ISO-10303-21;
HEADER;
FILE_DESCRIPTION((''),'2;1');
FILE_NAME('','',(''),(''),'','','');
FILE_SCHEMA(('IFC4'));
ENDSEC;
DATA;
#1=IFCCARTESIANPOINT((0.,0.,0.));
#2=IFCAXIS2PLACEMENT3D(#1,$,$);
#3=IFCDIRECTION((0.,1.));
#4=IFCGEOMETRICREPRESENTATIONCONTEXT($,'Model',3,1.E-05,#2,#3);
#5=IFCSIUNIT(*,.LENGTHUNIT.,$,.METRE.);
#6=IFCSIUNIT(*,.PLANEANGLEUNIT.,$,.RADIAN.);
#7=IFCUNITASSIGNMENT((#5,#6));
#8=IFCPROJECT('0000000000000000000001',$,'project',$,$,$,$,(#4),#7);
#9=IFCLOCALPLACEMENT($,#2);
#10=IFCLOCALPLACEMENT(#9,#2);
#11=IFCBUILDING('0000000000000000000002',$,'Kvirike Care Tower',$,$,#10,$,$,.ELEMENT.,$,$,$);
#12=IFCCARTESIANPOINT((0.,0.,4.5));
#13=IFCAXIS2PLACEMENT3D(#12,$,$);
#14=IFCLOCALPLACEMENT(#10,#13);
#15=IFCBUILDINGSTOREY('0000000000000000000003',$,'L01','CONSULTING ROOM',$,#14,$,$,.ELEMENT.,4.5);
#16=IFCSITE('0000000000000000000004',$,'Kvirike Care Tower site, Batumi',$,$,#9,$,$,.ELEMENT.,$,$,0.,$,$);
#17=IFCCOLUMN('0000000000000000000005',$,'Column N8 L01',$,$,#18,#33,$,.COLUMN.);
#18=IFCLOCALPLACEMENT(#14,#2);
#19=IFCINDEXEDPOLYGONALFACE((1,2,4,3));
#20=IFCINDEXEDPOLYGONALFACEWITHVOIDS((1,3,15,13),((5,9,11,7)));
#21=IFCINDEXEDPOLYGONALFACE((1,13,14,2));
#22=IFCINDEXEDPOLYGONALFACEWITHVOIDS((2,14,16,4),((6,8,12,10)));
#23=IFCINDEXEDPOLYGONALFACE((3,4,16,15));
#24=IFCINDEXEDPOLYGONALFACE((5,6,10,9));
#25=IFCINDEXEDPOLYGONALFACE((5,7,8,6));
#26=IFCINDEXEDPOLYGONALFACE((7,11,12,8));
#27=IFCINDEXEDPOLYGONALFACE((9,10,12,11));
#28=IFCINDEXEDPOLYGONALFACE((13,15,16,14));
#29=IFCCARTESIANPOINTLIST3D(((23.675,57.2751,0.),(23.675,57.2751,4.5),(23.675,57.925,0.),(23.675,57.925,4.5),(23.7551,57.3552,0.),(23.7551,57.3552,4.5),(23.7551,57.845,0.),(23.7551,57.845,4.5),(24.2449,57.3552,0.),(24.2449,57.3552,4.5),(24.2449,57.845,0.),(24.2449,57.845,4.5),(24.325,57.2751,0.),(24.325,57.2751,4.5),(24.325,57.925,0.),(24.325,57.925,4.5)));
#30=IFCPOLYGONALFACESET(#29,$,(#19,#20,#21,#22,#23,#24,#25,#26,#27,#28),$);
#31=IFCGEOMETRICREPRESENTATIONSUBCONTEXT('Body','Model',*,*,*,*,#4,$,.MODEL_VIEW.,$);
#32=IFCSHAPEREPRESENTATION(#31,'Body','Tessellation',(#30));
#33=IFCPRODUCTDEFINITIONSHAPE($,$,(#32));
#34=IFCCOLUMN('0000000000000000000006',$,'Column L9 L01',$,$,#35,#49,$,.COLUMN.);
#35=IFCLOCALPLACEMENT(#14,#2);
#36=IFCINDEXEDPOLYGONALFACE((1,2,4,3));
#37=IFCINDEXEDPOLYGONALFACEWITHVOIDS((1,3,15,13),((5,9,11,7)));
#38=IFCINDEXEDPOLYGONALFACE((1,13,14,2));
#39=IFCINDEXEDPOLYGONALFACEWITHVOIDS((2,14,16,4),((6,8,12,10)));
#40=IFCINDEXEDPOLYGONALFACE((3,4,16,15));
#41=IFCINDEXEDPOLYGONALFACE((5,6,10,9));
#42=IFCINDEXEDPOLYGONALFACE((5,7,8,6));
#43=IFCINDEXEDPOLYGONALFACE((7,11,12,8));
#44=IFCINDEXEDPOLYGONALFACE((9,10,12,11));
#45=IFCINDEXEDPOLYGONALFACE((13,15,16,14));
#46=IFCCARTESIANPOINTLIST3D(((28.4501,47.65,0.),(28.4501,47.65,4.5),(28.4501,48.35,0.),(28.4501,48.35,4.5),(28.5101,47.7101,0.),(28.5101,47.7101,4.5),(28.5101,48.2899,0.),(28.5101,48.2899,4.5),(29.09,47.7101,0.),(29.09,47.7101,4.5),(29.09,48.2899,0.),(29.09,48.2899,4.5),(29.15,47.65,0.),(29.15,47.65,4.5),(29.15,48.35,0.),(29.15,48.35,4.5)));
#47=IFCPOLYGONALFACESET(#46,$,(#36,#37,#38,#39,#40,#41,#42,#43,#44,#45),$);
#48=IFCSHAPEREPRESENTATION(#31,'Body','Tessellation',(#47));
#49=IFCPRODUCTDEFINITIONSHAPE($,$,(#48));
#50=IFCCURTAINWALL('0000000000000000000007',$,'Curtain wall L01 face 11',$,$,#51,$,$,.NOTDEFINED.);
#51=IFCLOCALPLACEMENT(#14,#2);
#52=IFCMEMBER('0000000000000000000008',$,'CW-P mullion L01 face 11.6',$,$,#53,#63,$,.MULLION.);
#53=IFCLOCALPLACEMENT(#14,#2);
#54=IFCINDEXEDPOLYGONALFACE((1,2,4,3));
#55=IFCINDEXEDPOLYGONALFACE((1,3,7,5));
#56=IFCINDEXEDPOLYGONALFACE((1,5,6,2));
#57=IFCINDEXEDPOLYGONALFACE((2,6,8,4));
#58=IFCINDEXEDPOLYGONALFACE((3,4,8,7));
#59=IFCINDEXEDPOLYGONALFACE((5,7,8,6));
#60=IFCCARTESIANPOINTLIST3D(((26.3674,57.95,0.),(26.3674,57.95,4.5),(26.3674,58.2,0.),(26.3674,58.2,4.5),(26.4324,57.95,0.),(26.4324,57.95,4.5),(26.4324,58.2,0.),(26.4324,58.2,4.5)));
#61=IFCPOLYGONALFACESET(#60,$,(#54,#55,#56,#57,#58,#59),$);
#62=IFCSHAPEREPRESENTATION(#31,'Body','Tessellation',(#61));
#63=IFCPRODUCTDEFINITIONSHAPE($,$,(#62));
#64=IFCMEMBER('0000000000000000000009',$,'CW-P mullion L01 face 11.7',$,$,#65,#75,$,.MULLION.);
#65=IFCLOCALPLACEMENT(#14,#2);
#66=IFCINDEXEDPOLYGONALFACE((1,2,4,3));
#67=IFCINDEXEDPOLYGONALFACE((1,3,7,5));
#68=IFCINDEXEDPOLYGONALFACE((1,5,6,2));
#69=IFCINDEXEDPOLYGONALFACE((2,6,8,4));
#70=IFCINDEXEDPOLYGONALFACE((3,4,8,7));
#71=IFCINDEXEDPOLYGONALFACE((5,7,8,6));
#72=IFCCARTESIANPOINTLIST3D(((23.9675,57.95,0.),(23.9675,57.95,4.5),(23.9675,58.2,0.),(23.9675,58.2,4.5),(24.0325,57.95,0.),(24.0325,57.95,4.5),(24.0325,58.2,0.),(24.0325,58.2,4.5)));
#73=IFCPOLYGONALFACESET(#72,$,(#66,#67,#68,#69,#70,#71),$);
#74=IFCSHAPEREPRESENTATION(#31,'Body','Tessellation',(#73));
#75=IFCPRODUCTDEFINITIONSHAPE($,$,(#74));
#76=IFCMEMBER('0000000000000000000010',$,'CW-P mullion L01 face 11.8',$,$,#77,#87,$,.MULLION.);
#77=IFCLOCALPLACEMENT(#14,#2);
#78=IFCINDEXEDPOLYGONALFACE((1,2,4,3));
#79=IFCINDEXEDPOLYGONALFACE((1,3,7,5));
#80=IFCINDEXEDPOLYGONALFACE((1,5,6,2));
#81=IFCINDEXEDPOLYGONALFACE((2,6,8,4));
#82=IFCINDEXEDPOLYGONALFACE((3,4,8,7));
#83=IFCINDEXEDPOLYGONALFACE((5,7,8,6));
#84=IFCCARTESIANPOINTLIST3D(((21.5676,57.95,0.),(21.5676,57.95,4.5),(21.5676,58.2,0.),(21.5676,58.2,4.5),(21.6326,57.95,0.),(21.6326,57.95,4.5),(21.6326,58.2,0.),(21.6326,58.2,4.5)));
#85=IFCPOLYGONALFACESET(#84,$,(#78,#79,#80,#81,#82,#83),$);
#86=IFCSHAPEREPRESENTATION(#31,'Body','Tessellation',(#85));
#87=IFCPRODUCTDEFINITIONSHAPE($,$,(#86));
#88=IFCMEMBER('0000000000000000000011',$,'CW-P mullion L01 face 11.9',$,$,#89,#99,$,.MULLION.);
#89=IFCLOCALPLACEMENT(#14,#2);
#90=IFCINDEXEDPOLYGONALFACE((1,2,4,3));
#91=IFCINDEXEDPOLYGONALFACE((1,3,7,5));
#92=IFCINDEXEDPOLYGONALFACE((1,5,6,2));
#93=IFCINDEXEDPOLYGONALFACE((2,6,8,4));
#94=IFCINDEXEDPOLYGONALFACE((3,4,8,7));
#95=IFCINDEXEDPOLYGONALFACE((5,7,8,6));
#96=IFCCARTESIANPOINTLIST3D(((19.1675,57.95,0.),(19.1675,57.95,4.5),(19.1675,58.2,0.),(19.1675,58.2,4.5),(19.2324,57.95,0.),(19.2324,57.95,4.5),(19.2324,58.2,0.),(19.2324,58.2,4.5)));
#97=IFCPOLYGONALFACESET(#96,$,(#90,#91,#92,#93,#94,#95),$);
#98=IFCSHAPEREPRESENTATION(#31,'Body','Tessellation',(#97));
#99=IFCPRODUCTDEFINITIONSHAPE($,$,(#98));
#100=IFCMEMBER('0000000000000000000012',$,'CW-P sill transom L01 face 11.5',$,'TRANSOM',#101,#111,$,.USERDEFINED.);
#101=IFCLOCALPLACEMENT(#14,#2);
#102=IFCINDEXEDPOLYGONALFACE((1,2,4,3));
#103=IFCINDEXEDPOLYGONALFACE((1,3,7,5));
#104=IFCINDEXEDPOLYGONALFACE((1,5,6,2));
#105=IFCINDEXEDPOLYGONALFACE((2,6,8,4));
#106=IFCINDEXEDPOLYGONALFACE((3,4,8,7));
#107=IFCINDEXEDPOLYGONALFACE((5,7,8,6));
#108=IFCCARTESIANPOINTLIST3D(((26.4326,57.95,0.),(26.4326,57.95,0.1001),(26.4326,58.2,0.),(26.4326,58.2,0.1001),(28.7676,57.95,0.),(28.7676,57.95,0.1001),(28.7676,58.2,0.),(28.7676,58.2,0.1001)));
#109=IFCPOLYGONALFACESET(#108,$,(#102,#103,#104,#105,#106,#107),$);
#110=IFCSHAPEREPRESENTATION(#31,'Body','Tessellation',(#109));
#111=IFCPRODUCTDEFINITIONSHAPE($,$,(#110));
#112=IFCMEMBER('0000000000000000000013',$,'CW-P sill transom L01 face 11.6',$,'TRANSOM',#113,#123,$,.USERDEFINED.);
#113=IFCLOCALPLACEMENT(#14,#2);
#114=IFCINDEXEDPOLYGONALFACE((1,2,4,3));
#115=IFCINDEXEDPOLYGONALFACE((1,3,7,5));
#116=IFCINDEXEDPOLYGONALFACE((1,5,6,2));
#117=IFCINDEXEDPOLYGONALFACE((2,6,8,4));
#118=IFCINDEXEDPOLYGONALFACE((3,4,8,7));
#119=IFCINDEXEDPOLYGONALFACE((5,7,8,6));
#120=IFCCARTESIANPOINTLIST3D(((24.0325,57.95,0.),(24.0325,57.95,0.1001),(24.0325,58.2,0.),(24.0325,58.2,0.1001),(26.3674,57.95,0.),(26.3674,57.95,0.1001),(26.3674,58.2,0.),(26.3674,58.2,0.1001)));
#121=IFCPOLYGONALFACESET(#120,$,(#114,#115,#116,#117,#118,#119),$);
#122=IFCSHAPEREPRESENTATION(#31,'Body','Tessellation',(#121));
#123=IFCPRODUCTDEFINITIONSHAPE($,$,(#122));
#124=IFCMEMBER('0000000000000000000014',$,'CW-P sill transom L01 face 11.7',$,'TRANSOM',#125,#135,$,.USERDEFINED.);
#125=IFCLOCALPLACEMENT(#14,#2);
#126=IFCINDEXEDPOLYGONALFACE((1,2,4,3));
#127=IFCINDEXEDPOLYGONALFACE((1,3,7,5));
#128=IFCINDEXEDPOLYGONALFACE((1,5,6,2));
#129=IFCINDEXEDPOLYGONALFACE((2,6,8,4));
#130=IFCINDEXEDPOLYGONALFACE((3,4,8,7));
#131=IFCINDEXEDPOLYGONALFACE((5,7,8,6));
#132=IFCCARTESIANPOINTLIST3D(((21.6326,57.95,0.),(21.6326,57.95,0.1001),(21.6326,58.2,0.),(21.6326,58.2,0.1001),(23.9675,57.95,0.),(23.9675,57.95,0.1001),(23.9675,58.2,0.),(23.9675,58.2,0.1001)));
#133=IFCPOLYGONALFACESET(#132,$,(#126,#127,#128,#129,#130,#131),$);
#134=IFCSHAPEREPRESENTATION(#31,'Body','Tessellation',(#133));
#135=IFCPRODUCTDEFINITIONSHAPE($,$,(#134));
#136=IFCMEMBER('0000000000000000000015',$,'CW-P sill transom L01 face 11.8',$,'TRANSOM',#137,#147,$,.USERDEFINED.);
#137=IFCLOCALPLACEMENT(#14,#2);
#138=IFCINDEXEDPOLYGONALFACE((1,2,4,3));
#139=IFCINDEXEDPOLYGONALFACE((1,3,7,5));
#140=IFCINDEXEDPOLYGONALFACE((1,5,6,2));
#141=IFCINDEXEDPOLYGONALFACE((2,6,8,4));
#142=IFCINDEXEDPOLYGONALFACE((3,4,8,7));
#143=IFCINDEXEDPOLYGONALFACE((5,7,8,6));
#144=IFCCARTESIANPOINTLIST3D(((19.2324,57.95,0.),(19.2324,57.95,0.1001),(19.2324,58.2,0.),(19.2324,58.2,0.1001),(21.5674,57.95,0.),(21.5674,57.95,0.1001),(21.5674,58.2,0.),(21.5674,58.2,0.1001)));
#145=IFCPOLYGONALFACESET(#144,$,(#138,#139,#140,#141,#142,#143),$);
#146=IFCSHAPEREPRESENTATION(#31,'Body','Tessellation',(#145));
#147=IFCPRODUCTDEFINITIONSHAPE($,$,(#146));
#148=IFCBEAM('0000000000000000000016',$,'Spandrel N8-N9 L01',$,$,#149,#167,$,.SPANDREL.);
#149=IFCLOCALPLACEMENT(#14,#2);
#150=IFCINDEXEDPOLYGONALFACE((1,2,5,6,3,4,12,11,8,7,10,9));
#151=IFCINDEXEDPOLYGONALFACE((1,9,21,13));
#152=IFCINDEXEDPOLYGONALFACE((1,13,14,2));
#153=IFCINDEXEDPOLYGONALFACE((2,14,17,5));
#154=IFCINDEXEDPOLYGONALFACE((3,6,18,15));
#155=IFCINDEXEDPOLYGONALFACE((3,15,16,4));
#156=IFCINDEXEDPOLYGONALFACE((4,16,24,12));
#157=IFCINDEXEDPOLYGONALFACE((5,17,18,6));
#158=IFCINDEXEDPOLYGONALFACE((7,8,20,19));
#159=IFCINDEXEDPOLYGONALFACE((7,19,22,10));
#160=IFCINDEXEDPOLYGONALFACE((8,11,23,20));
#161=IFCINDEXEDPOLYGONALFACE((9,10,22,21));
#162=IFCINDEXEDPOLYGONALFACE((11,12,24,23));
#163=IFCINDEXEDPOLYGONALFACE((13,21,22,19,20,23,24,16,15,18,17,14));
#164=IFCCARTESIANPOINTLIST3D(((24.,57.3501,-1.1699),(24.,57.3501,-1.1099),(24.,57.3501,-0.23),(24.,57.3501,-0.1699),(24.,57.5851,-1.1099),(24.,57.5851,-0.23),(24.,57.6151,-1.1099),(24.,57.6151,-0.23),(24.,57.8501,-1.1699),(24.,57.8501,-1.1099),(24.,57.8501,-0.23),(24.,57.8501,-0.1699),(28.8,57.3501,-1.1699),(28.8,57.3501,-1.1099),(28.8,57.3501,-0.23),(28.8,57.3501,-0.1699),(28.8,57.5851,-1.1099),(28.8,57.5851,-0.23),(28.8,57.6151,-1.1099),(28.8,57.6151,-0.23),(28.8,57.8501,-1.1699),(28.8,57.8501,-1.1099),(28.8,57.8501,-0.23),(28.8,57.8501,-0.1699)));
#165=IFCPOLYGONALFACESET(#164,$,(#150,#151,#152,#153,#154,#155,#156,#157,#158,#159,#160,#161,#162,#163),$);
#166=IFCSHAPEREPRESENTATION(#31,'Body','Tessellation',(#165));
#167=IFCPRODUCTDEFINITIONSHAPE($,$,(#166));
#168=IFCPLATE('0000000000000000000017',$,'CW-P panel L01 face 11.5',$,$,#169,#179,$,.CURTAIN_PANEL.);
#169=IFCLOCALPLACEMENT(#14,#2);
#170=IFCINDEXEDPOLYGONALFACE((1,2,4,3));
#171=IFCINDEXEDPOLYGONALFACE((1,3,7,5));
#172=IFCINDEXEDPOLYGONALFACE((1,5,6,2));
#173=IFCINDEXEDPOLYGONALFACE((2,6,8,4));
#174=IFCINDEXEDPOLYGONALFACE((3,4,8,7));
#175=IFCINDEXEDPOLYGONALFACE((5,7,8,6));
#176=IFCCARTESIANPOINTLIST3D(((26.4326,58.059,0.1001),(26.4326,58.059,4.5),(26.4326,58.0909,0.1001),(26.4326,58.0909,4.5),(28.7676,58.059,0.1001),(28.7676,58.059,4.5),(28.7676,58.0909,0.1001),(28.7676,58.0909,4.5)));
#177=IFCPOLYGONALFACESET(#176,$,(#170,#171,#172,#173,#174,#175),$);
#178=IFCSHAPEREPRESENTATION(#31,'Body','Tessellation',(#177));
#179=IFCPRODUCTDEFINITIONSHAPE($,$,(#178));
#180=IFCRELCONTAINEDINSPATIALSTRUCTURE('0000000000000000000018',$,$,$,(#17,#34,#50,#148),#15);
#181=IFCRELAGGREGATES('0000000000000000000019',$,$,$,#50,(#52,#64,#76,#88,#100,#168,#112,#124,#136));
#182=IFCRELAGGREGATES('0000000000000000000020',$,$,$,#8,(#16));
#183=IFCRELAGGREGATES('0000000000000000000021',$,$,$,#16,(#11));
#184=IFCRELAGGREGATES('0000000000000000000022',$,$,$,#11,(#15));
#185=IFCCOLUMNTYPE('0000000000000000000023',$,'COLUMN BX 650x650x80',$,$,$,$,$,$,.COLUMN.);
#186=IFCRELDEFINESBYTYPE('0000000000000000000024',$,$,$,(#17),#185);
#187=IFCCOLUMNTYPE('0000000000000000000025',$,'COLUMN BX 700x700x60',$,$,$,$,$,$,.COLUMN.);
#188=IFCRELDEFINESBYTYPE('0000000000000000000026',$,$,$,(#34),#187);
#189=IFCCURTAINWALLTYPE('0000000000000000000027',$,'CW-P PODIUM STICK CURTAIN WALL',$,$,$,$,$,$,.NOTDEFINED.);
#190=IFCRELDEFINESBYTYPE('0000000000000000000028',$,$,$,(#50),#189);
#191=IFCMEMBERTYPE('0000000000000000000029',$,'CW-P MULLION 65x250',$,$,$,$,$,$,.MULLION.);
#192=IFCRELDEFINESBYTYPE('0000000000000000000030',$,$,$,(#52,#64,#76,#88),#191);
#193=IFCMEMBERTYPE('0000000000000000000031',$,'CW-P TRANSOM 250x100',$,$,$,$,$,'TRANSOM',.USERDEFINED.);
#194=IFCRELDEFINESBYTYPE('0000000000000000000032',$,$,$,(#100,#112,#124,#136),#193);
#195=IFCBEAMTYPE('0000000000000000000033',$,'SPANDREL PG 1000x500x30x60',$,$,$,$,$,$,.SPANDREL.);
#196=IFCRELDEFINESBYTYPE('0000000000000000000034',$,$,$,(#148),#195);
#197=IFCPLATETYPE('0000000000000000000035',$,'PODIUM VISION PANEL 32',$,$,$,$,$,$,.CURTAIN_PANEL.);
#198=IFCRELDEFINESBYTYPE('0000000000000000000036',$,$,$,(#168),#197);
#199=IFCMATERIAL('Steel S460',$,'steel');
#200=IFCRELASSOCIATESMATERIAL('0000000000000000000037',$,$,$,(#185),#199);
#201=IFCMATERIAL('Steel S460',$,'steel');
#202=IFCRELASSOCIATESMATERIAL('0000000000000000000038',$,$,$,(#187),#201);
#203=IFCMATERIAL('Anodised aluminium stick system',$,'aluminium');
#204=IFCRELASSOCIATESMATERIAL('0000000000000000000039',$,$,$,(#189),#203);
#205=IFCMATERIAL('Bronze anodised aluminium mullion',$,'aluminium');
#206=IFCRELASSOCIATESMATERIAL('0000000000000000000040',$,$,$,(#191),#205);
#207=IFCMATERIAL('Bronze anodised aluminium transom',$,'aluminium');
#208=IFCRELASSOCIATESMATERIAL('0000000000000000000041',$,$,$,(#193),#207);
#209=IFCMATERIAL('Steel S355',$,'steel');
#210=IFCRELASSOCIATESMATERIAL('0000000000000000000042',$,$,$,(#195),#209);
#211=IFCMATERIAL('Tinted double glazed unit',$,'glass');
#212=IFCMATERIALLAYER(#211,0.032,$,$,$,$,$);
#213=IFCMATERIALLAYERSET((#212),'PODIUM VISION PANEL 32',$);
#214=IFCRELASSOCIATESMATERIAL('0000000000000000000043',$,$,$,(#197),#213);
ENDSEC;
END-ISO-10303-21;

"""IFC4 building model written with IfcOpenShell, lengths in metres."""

from ifc_helpers import new_model, si_unit, direction, frame, origin, origin_2d, place, context, subcontext, project, spatial, rectangle, hollow_rectangle, i_section, extrude, material, layer, layer_set, material_profile, profile_set, type_object, element, aggregate, save


model = new_model("IFC4")

# Units and contexts
model_context = context("Model", 3, precision=1e-05, world=origin(), true_north=direction((0.0, 1.0)))
body_context = subcontext(model_context, "Body", "Model", "MODEL_VIEW")
ifc_project = project(units=[si_unit("LENGTHUNIT", "METRE"), si_unit("PLANEANGLEUNIT", "RADIAN")], contexts=[model_context])

# Site, building, storey
site_placement = place(None, origin())
site = spatial("IfcSite", under=ifc_project, at=site_placement, Name="Kvirike Care Tower site, Batumi", CompositionType="ELEMENT", RefElevation=0.0)
building_placement = place(site_placement, origin())
building = spatial("IfcBuilding", under=site, at=building_placement, Name="Kvirike Care Tower", CompositionType="ELEMENT")
storey_placement = place(building_placement, frame((0.0, 0.0, 4.5)))
storey = spatial("IfcBuildingStorey", under=building, at=storey_placement, Name="L01", Description="CONSULTING ROOM", CompositionType="ELEMENT", Elevation=4.5)

# Columns
ifc_material_1 = material(Name="Steel S460", Category="steel")
ifc_material_profile_1 = material_profile(ifc_material_1, hollow_rectangle(XDim=0.6499, YDim=0.6499, WallThickness=0.0801, at=origin_2d()), Name="BX 650x650x80")
ifc_profile_set_1 = profile_set([ifc_material_profile_1], Name="Steel S460")
column_type_1 = type_object("IfcColumnType", Name="COLUMN BX 650x650x80", PredefinedType="COLUMN", material=ifc_profile_set_1)
column_1_placement = place(storey_placement, frame((24.0, 57.6001, 0.0), z_axis=(0.0, 0.0, 1.0), x_axis=(0.0, 1.0, 0.0)))
element("IfcColumn", 1, at=column_1_placement, inside=storey, type_object=column_type_1, Name="Column N8 L01", PredefinedType="COLUMN", context=body_context, shape_type="SweptSolid", body=[
    extrude(hollow_rectangle(XDim=0.6499, YDim=0.6499, WallThickness=0.0801, at=origin_2d()), origin(), (0.0, 0.0, 1.0), 4.5),
])
ifc_material_2 = material(Name="Steel S460", Category="steel")
ifc_material_profile_2 = material_profile(ifc_material_2, hollow_rectangle(XDim=0.7, YDim=0.7, WallThickness=0.0601, at=origin_2d()), Name="BX 700x700x60")
ifc_profile_set_2 = profile_set([ifc_material_profile_2], Name="Steel S460")
column_type_2 = type_object("IfcColumnType", Name="COLUMN BX 700x700x60", PredefinedType="COLUMN", material=ifc_profile_set_2)
column_2_placement = place(storey_placement, frame((28.8, 48.0, 0.0), z_axis=(0.0, 0.0, 1.0), x_axis=(1.0, 0.0, 0.0)))
element("IfcColumn", 2, at=column_2_placement, inside=storey, type_object=column_type_2, Name="Column L9 L01", PredefinedType="COLUMN", context=body_context, shape_type="SweptSolid", body=[
    extrude(hollow_rectangle(XDim=0.7, YDim=0.7, WallThickness=0.0601, at=origin_2d()), origin(), (0.0, 0.0, 1.0), 4.5),
])

# Curtain wall, members
ifc_material_3 = material(Name="Anodised aluminium stick system", Category="aluminium")
curtain_wall_type = type_object("IfcCurtainWallType", Name="CW-P PODIUM STICK CURTAIN WALL", PredefinedType="NOTDEFINED", material=ifc_material_3)
curtain_wall_placement = place(storey_placement, origin())
curtain_wall = element("IfcCurtainWall", 3, at=curtain_wall_placement, inside=storey, type_object=curtain_wall_type, Name="Curtain wall L01 face 11", PredefinedType="NOTDEFINED")
ifc_material_4 = material(Name="Bronze anodised aluminium mullion", Category="aluminium")
ifc_material_profile_3 = material_profile(ifc_material_4, rectangle(XDim=0.0649, YDim=0.25, at=origin_2d()), Name="CW-P MULLION 65x250")
ifc_profile_set_3 = profile_set([ifc_material_profile_3], Name="Bronze anodised aluminium mullion")
member_type_1 = type_object("IfcMemberType", Name="CW-P MULLION 65x250", PredefinedType="MULLION", material=ifc_profile_set_3)
member_1_placement = place(storey_placement, frame((26.3999, 58.075, 0.0), z_axis=(0.0, 0.0, 1.0), x_axis=(-1.0, 0.0, 0.0)))
member_1 = element("IfcMember", 4, at=member_1_placement, type_object=member_type_1, Name="CW-P mullion L01 face 11.6", PredefinedType="MULLION", context=body_context, shape_type="SweptSolid", body=[
    extrude(rectangle(XDim=0.0649, YDim=0.25, at=origin_2d()), origin(), (0.0, 0.0, 1.0), 4.5),
])
member_2_placement = place(storey_placement, frame((24.0, 58.075, 0.0), z_axis=(0.0, 0.0, 1.0), x_axis=(-1.0, 0.0, 0.0)))
member_2 = element("IfcMember", 5, at=member_2_placement, type_object=member_type_1, Name="CW-P mullion L01 face 11.7", PredefinedType="MULLION", context=body_context, shape_type="SweptSolid", body=[
    extrude(rectangle(XDim=0.0649, YDim=0.25, at=origin_2d()), origin(), (0.0, 0.0, 1.0), 4.5),
])
member_3_placement = place(storey_placement, frame((21.6001, 58.075, 0.0), z_axis=(0.0, 0.0, 1.0), x_axis=(-1.0, 0.0, 0.0)))
member_3 = element("IfcMember", 6, at=member_3_placement, type_object=member_type_1, Name="CW-P mullion L01 face 11.8", PredefinedType="MULLION", context=body_context, shape_type="SweptSolid", body=[
    extrude(rectangle(XDim=0.0649, YDim=0.25, at=origin_2d()), origin(), (0.0, 0.0, 1.0), 4.5),
])
member_4_placement = place(storey_placement, frame((19.2, 58.075, 0.0), z_axis=(0.0, 0.0, 1.0), x_axis=(-1.0, 0.0, 0.0)))
member_4 = element("IfcMember", 7, at=member_4_placement, type_object=member_type_1, Name="CW-P mullion L01 face 11.9", PredefinedType="MULLION", context=body_context, shape_type="SweptSolid", body=[
    extrude(rectangle(XDim=0.0649, YDim=0.25, at=origin_2d()), origin(), (0.0, 0.0, 1.0), 4.5),
])
ifc_material_5 = material(Name="Bronze anodised aluminium transom", Category="aluminium")
ifc_material_profile_4 = material_profile(ifc_material_5, rectangle(XDim=0.25, YDim=0.1001, at=origin_2d()), Name="CW-P TRANSOM 250x100")
ifc_profile_set_4 = profile_set([ifc_material_profile_4], Name="Bronze anodised aluminium transom")
member_type_2 = type_object("IfcMemberType", Name="CW-P TRANSOM 250x100", ElementType="TRANSOM", PredefinedType="USERDEFINED", material=ifc_profile_set_4)
member_5_placement = place(storey_placement, frame((28.7676, 58.075, 0.05), z_axis=(-1.0, 0.0, 0.0), x_axis=(0.0, -1.0, 0.0)))
member_5 = element("IfcMember", 8, at=member_5_placement, type_object=member_type_2, Name="CW-P sill transom L01 face 11.5", ObjectType="TRANSOM", PredefinedType="USERDEFINED", context=body_context, shape_type="SweptSolid", body=[
    extrude(rectangle(XDim=0.25, YDim=0.1001, at=origin_2d()), origin(), (0.0, 0.0, 1.0), 2.335),
])
member_6_placement = place(storey_placement, frame((26.3674, 58.075, 0.05), z_axis=(-1.0, 0.0, 0.0), x_axis=(0.0, -1.0, 0.0)))
member_6 = element("IfcMember", 9, at=member_6_placement, type_object=member_type_2, Name="CW-P sill transom L01 face 11.6", ObjectType="TRANSOM", PredefinedType="USERDEFINED", context=body_context, shape_type="SweptSolid", body=[
    extrude(rectangle(XDim=0.25, YDim=0.1001, at=origin_2d()), origin(), (0.0, 0.0, 1.0), 2.335),
])
member_7_placement = place(storey_placement, frame((23.9675, 58.075, 0.05), z_axis=(-1.0, 0.0, 0.0), x_axis=(0.0, -1.0, 0.0)))
member_7 = element("IfcMember", 10, at=member_7_placement, type_object=member_type_2, Name="CW-P sill transom L01 face 11.7", ObjectType="TRANSOM", PredefinedType="USERDEFINED", context=body_context, shape_type="SweptSolid", body=[
    extrude(rectangle(XDim=0.25, YDim=0.1001, at=origin_2d()), origin(), (0.0, 0.0, 1.0), 2.335),
])
member_8_placement = place(storey_placement, frame((21.5674, 58.075, 0.05), z_axis=(-1.0, 0.0, 0.0), x_axis=(0.0, -1.0, 0.0)))
member_8 = element("IfcMember", 11, at=member_8_placement, type_object=member_type_2, Name="CW-P sill transom L01 face 11.8", ObjectType="TRANSOM", PredefinedType="USERDEFINED", context=body_context, shape_type="SweptSolid", body=[
    extrude(rectangle(XDim=0.25, YDim=0.1001, at=origin_2d()), origin(), (0.0, 0.0, 1.0), 2.335),
])

# Beam
ifc_material_6 = material(Name="Steel S355", Category="steel")
ifc_material_profile_5 = material_profile(ifc_material_6, i_section(OverallWidth=0.5, OverallDepth=1.0, WebThickness=0.03, FlangeThickness=0.0601, at=origin_2d()), Name="PG 1000x500x30x60")
ifc_profile_set_5 = profile_set([ifc_material_profile_5], Name="Steel S355")
beam_type = type_object("IfcBeamType", Name="SPANDREL PG 1000x500x30x60", PredefinedType="SPANDREL", material=ifc_profile_set_5)
beam_placement = place(storey_placement, frame((24.0, 57.6001, -0.6699), z_axis=(1.0, 0.0, 0.0), x_axis=(0.0, 1.0, 0.0)))
element("IfcBeam", 12, at=beam_placement, inside=storey, type_object=beam_type, Name="Spandrel N8-N9 L01", PredefinedType="SPANDREL", context=body_context, shape_type="SweptSolid", body=[
    extrude(i_section(OverallWidth=0.5, OverallDepth=1.0, WebThickness=0.03, FlangeThickness=0.0601, at=origin_2d()), origin(), (0.0, 0.0, 1.0), 4.8),
])

# Plate
ifc_material_7 = material(Name="Tinted double glazed unit", Category="glass")
ifc_layer_1 = layer(ifc_material_7, 0.032)
ifc_layer_set_1 = layer_set([ifc_layer_1], Name="PODIUM VISION PANEL 32")
plate_type = type_object("IfcPlateType", Name="PODIUM VISION PANEL 32", PredefinedType="CURTAIN_PANEL", material=ifc_layer_set_1)
plate_1_placement = place(storey_placement, frame((27.6001, 58.075, 0.1001), z_axis=(0.0, 0.0, 1.0), x_axis=(-1.0, 0.0, 0.0)))
plate_1 = element("IfcPlate", 13, at=plate_1_placement, type_object=plate_type, Name="CW-P panel L01 face 11.5", PredefinedType="CURTAIN_PANEL", context=body_context, shape_type="SweptSolid", body=[
    extrude(rectangle(XDim=2.335, YDim=0.032, at=origin_2d()), origin(), (0.0, 0.0, 1.0), 4.3999),
])
aggregate(curtain_wall, [member_1, member_2, member_3, member_4, member_5, plate_1, member_6, member_7, member_8])

save(model, "model.ifc")
